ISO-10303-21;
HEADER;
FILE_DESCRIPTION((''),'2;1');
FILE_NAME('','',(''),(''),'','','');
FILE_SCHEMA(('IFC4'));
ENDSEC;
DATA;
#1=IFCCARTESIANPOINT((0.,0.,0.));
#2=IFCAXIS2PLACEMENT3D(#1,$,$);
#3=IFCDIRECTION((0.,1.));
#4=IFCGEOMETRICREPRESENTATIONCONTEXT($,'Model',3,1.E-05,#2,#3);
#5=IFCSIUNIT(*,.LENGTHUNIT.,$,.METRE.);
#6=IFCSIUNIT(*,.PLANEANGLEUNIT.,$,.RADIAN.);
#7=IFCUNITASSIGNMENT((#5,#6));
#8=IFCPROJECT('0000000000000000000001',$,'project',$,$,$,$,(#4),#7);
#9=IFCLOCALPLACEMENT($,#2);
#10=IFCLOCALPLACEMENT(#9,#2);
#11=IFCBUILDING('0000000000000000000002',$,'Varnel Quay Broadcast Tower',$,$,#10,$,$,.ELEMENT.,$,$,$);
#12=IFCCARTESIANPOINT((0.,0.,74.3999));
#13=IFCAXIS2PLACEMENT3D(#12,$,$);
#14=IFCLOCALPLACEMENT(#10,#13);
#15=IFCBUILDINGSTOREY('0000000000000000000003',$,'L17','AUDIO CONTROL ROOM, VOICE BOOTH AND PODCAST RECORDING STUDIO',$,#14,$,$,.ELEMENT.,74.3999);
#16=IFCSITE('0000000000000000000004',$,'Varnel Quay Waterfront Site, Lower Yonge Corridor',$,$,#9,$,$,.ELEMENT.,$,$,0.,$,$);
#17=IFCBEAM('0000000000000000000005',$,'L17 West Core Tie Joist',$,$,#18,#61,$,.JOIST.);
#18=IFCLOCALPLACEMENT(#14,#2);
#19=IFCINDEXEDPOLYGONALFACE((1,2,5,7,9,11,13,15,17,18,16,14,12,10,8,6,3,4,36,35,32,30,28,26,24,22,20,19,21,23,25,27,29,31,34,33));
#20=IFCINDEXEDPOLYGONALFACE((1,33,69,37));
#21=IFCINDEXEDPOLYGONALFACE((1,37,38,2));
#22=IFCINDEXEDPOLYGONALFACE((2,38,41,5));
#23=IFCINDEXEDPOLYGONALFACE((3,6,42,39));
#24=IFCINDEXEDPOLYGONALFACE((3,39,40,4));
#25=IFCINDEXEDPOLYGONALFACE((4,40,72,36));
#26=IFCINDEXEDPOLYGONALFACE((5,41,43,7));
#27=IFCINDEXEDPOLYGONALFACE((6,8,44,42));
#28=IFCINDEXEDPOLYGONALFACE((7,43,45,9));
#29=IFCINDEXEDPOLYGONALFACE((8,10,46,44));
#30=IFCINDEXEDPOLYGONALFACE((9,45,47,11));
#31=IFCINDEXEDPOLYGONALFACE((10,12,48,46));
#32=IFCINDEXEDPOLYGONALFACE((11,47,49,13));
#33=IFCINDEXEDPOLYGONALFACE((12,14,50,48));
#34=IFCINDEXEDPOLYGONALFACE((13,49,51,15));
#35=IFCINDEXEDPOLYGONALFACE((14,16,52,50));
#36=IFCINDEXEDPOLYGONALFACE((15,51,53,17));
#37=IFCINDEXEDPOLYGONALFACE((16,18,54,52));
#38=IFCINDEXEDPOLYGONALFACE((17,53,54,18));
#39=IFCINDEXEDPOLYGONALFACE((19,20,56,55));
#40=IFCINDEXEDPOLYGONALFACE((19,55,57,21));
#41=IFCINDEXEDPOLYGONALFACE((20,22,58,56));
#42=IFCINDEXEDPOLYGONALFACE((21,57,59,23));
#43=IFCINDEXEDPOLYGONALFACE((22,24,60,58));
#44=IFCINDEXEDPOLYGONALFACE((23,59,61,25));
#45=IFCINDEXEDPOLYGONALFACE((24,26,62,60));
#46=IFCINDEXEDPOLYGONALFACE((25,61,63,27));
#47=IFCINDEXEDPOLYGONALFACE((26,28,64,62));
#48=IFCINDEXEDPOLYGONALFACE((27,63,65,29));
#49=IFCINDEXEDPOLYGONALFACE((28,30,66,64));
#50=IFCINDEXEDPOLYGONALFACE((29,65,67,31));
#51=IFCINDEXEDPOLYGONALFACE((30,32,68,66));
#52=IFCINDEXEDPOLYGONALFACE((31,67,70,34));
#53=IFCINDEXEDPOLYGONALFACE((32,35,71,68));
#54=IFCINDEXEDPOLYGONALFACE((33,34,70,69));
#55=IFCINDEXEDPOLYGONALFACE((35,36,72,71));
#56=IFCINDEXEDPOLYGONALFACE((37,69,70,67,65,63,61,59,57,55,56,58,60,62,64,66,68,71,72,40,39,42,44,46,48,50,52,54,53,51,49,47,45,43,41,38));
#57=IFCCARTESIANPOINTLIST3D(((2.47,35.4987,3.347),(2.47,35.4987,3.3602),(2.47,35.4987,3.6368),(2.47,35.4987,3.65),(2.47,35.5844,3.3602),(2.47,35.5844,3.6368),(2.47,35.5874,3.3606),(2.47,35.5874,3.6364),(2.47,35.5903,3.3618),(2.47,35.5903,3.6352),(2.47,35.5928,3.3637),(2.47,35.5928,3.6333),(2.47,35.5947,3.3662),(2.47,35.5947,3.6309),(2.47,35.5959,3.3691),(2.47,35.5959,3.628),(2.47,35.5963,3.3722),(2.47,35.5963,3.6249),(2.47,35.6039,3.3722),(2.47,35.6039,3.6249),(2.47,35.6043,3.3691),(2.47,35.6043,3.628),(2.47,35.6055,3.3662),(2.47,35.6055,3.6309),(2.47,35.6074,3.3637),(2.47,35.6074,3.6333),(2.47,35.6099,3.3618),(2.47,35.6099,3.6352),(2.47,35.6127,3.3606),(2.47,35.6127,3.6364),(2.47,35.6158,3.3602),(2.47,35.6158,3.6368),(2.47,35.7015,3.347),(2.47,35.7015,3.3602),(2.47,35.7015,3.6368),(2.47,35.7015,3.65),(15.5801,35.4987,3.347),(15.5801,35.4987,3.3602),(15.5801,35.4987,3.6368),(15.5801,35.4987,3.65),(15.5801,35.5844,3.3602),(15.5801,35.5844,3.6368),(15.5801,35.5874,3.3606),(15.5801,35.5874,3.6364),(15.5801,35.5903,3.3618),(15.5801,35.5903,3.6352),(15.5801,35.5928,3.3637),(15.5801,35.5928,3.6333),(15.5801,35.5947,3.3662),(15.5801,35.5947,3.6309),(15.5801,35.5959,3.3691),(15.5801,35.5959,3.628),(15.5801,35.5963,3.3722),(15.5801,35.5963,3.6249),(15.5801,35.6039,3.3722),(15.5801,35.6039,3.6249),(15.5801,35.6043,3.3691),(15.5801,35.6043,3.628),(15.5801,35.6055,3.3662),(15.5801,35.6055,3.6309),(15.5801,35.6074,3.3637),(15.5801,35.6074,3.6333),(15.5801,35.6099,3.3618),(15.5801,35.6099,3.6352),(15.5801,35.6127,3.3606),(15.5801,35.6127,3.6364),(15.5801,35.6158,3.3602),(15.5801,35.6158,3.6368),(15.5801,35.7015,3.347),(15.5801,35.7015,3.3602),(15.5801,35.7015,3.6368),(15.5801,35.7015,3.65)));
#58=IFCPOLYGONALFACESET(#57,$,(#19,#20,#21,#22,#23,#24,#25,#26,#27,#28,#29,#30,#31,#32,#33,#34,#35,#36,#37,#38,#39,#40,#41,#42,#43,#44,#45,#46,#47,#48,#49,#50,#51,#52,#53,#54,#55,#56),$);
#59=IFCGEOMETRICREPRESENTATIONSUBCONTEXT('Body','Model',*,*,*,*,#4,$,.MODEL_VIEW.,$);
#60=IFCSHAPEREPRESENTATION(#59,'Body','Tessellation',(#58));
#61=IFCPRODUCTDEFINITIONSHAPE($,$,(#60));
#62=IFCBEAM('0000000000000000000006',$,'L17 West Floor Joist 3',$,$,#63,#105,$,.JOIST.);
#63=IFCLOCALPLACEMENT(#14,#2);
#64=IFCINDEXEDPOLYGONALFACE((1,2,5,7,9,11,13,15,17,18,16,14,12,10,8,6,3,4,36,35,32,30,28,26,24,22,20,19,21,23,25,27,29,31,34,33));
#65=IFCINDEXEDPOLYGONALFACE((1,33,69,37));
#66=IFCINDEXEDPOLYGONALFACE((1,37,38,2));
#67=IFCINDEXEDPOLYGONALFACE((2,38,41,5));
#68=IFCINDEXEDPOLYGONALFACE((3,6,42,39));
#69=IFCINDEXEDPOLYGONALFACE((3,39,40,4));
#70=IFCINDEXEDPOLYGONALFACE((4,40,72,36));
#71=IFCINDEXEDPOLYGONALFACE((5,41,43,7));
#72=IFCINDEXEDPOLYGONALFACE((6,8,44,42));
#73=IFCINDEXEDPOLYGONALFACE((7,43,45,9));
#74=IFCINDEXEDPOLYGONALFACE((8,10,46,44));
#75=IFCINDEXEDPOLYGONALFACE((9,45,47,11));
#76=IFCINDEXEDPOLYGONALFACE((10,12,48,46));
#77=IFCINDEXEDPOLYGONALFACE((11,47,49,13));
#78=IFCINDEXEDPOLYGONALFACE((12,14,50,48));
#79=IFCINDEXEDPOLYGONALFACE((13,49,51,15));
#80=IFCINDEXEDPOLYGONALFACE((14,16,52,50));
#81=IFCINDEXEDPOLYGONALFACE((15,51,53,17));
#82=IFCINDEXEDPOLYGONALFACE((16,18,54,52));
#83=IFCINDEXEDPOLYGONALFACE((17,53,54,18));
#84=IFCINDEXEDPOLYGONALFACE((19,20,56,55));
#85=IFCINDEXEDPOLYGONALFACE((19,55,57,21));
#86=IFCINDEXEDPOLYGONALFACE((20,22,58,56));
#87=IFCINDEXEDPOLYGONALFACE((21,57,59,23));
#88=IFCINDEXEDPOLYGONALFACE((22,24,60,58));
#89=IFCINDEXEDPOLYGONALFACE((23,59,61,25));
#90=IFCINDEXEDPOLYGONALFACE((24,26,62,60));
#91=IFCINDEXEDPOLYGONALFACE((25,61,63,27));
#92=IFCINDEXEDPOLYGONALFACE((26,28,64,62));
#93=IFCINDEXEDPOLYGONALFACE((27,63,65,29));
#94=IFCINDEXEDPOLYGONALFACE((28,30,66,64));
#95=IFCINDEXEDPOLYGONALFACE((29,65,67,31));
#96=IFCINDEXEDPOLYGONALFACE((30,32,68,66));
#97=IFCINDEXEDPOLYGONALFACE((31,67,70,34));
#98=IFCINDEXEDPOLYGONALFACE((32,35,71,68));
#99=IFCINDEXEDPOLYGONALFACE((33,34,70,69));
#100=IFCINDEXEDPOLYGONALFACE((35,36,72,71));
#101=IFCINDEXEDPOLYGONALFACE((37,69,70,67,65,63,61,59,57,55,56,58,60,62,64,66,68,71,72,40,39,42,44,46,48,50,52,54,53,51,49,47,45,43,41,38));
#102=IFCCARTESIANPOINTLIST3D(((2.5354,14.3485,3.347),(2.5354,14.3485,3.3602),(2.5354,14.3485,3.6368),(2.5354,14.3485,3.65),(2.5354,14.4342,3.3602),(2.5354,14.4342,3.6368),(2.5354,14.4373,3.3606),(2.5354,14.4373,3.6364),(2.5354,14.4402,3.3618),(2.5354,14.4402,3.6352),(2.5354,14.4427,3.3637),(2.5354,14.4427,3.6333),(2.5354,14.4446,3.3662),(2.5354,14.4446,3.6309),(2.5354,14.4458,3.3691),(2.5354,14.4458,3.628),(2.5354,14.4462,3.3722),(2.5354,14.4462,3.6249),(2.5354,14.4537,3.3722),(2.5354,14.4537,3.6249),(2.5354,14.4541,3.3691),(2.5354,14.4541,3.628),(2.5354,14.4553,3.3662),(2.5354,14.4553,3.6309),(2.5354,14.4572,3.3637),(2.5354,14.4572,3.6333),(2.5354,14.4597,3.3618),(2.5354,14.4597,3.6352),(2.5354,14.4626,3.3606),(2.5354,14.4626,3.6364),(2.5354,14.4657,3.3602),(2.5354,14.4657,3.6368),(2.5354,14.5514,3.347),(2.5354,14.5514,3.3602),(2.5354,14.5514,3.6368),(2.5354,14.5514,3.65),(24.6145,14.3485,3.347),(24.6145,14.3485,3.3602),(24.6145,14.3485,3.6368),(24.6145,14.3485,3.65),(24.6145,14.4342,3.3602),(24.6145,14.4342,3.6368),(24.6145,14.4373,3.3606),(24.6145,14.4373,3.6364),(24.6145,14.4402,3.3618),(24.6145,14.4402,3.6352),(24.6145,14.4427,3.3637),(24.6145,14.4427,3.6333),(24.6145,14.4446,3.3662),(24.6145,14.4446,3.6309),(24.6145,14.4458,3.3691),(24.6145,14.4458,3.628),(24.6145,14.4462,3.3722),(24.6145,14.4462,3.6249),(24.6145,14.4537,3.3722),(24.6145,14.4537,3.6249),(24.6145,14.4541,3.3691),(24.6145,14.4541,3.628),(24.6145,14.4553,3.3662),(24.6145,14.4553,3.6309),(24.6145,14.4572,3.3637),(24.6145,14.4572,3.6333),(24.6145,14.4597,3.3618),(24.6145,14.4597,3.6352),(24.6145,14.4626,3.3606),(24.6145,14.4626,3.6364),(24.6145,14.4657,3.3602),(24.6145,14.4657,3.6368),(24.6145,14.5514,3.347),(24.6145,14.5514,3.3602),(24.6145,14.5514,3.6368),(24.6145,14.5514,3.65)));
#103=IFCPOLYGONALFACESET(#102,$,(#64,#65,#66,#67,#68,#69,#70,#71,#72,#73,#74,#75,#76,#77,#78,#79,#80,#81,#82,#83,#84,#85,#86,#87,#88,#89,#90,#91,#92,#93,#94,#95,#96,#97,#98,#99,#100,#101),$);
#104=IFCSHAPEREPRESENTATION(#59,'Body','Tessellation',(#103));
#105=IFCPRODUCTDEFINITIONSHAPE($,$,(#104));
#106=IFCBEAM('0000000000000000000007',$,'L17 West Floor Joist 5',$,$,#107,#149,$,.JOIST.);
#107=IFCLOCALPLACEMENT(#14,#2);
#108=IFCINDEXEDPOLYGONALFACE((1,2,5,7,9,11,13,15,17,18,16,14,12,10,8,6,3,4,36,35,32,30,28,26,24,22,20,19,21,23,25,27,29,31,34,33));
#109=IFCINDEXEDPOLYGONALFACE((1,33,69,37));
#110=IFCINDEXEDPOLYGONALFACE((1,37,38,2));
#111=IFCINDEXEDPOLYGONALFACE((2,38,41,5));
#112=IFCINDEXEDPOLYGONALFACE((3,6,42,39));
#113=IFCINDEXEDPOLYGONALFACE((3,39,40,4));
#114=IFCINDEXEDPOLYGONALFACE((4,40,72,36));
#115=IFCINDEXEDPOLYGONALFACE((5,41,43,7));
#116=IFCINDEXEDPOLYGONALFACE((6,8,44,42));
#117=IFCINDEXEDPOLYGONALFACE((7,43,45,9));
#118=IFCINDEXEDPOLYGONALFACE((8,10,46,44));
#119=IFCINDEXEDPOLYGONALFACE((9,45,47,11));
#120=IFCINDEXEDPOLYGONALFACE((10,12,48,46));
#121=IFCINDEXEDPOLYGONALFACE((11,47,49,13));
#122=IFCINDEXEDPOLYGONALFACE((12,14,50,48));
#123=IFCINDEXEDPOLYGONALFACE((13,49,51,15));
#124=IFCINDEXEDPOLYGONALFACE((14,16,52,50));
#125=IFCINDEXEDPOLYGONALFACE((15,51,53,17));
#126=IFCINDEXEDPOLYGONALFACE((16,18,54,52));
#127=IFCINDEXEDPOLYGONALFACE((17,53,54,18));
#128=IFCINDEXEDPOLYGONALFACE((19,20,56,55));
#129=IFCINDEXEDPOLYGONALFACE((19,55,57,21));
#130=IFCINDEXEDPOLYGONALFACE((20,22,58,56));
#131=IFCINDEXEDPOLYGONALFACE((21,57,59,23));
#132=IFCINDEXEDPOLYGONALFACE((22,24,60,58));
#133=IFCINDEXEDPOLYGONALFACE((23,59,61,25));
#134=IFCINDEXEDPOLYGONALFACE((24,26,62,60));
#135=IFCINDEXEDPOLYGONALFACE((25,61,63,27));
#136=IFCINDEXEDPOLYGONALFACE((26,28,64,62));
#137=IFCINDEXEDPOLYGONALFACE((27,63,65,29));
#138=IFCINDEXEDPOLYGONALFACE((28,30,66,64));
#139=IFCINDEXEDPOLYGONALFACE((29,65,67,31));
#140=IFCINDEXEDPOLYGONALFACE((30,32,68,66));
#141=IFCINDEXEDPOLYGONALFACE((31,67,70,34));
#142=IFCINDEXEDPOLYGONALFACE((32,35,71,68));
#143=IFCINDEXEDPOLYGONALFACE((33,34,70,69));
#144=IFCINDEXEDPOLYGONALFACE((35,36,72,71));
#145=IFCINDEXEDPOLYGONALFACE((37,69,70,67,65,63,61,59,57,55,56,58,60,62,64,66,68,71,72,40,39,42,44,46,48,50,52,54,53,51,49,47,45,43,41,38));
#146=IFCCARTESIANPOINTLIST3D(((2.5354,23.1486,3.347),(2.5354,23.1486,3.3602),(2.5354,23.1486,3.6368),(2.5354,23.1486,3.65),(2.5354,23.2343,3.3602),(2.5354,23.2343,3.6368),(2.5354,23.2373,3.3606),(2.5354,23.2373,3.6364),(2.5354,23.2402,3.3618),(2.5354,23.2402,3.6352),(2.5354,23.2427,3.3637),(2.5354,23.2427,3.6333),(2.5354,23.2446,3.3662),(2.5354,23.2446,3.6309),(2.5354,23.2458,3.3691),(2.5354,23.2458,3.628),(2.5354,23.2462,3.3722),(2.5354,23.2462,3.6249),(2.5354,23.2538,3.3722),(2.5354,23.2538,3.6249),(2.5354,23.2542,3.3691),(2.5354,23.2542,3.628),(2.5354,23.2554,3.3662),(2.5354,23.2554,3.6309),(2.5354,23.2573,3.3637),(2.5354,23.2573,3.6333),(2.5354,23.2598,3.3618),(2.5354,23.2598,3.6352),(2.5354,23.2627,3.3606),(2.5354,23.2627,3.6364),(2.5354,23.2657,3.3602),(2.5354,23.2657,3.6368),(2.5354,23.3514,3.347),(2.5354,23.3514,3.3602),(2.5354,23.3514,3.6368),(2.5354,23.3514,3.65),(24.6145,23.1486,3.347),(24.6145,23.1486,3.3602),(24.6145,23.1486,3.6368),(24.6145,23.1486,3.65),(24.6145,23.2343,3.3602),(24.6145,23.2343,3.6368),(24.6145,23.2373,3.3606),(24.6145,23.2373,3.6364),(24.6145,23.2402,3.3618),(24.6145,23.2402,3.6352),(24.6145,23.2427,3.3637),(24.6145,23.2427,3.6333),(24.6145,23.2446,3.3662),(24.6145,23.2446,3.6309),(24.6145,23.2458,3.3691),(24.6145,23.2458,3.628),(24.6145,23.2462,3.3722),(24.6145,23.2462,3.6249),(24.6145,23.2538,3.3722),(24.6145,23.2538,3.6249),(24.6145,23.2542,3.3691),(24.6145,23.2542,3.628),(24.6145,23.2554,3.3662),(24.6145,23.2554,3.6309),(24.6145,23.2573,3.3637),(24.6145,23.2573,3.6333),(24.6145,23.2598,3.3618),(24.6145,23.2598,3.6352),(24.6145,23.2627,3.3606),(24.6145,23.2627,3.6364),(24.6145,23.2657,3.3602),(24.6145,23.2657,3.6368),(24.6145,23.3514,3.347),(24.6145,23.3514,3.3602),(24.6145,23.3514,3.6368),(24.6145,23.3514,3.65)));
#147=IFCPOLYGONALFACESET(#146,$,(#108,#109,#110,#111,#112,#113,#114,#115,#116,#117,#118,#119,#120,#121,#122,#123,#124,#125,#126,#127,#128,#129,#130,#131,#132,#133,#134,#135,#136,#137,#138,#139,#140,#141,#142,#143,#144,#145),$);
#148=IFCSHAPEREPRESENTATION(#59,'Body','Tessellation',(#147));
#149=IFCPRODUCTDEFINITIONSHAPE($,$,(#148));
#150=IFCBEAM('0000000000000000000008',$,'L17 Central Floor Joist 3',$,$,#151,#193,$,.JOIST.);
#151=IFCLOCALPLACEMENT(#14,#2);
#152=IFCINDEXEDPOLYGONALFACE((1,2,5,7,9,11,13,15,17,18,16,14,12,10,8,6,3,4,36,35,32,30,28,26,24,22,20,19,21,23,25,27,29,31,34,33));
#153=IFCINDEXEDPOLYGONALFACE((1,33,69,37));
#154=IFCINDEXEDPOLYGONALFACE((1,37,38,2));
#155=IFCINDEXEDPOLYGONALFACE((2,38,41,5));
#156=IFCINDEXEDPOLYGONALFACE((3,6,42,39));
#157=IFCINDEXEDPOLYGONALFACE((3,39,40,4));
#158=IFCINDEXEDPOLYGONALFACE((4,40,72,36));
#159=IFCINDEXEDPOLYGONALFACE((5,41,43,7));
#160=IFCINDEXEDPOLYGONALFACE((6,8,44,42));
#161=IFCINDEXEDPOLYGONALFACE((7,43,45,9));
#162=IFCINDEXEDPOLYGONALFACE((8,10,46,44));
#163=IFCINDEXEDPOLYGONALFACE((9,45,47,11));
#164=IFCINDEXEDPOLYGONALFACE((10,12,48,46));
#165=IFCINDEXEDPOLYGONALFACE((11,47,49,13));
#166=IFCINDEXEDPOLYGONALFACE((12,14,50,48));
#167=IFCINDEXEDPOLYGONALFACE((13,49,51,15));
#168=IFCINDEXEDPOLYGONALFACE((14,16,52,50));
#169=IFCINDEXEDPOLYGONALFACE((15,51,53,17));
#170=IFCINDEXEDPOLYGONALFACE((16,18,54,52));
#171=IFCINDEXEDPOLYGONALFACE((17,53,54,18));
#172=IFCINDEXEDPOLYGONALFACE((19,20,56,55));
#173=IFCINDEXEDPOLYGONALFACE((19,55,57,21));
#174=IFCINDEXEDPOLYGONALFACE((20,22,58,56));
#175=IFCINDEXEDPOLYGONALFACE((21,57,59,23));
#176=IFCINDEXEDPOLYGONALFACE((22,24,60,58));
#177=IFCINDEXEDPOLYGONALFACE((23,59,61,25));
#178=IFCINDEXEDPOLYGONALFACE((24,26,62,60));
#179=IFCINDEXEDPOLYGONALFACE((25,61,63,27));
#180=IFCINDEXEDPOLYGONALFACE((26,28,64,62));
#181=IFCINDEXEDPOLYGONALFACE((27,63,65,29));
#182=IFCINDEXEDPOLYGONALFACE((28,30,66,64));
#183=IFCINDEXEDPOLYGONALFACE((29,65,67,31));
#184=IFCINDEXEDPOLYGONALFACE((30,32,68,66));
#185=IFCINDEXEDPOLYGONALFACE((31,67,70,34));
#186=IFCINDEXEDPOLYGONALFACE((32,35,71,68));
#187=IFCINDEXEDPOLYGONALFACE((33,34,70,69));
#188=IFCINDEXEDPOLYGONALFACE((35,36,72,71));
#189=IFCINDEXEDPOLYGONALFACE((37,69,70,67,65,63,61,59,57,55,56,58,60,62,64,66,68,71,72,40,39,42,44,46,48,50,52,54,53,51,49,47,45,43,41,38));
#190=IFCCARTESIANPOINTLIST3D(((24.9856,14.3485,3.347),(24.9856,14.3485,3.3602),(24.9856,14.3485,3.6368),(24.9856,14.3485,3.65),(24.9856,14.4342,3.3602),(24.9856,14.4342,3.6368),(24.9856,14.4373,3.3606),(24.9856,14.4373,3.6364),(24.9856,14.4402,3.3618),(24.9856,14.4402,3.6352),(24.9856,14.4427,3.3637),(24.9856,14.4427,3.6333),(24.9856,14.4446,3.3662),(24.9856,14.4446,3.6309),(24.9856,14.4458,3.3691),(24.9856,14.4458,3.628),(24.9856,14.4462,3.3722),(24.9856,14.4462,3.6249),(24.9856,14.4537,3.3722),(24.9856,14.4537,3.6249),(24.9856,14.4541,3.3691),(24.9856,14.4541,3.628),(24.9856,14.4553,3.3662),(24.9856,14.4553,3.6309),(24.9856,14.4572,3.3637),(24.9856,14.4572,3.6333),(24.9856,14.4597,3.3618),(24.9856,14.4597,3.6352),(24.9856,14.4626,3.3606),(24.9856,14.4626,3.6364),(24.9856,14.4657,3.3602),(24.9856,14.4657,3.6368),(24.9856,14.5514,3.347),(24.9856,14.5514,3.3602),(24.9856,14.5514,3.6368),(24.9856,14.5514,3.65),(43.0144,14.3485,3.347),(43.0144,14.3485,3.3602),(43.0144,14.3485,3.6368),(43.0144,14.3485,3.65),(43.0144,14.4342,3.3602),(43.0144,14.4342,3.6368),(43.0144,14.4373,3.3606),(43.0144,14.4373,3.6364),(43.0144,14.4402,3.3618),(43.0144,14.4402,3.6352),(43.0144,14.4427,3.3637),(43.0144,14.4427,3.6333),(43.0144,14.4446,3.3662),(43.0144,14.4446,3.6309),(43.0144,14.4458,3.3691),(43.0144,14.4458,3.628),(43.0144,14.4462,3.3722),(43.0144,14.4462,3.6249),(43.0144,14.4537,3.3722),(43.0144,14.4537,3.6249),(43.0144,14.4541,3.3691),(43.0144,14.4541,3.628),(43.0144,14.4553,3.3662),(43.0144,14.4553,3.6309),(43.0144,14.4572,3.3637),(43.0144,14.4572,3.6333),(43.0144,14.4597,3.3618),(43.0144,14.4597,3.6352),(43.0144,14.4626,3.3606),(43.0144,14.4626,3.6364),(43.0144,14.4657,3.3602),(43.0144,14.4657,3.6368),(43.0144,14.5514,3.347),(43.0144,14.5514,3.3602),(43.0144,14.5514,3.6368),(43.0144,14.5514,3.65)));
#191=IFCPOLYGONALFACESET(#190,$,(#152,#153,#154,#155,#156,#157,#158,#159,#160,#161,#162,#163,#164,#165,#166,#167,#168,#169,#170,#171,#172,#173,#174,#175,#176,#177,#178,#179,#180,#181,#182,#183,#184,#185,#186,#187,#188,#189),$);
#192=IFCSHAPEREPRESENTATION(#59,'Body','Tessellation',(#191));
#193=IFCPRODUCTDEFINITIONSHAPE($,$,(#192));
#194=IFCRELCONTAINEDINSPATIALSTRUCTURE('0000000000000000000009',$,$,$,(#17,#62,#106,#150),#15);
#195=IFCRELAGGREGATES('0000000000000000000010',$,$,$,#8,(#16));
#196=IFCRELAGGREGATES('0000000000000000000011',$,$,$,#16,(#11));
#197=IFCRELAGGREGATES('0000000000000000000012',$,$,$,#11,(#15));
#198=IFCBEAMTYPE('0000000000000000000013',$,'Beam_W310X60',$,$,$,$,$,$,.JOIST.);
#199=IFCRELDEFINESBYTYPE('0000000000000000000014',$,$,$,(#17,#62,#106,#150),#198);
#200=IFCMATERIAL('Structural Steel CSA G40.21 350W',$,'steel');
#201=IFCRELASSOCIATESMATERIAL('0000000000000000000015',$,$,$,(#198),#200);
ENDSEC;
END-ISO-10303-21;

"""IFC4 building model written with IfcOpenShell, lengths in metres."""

from ifc_helpers import new_model, si_unit, direction, frame, origin, origin_2d, place, context, subcontext, project, spatial, i_section, extrude, source, transform, mapped, material, material_profile, profile_set, type_object, type_shapes, element, save


model = new_model("IFC4")

# Units and contexts
model_context = context("Model", 3, precision=1e-05, world=origin(), true_north=direction((0.0, 1.0)))
body_context = subcontext(model_context, "Body", "Model", "MODEL_VIEW")
ifc_project = project(units=[si_unit("LENGTHUNIT", "METRE"), si_unit("PLANEANGLEUNIT", "RADIAN")], contexts=[model_context])

# Site, building, storey
site_placement = place(None, origin())
site = spatial("IfcSite", under=ifc_project, at=site_placement, Name="Varnel Quay Waterfront Site, Lower Yonge Corridor", CompositionType="ELEMENT", RefElevation=0.0)
building_placement = place(site_placement, origin())
building = spatial("IfcBuilding", under=site, at=building_placement, Name="Varnel Quay Broadcast Tower", CompositionType="ELEMENT")
storey_placement = place(building_placement, frame((0.0, 0.0, 74.3999)))
storey = spatial("IfcBuildingStorey", under=building, at=storey_placement, Name="L17", Description="AUDIO CONTROL ROOM, VOICE BOOTH AND PODCAST RECORDING STUDIO", CompositionType="ELEMENT", Elevation=74.3999)

# Shared definitions
ifc_material_1 = material(Name="Structural Steel CSA G40.21 350W", Category="steel")

# Beams
ifc_material_profile_1 = material_profile(ifc_material_1, i_section(OverallWidth=0.2029, OverallDepth=0.303, WebThickness=0.0076, FlangeThickness=0.0132, FilletRadius=0.012, at=origin_2d()), Name="W310X60")
ifc_profile_set_1 = profile_set([ifc_material_profile_1], Name="Structural Steel CSA G40.21 350W")
beam_type_1 = type_object("IfcBeamType", Name="Beam_W310X60", PredefinedType="JOIST", material=ifc_profile_set_1)
shared_shape_1 = source(origin(), body_context, "Body", "SweptSolid", [
    extrude(i_section(OverallWidth=0.2029, OverallDepth=0.303, WebThickness=0.0076, FlangeThickness=0.0132, FilletRadius=0.012, at=origin_2d()), origin(), (0.0, 0.0, 1.0), 13.1101),
])
beam_1_placement = place(storey_placement, frame((2.47, 35.6001, 3.4985), z_axis=(1.0, 0.0, 0.0), x_axis=(0.0, 1.0, 0.0)))
element("IfcBeam", 1, at=beam_1_placement, inside=storey, type_object=beam_type_1, Name="L17 West Core Tie Joist", PredefinedType="JOIST", context=body_context, shape_type="MappedRepresentation", body=[
    mapped(shared_shape_1, transform((0.0, 0.0, 0.0), x_axis=(1.0, 0.0, 0.0), y_axis=(0.0, 1.0, 0.0), z_axis=(0.0, 0.0, 1.0), scale=1.0)),
])
shared_shape_2 = source(origin(), body_context, "Body", "SweptSolid", [
    extrude(i_section(OverallWidth=0.2029, OverallDepth=0.303, WebThickness=0.0076, FlangeThickness=0.0132, FilletRadius=0.012, at=origin_2d()), origin(), (0.0, 0.0, 1.0), 22.0791),
])
for number, where, z_axis, x_axis, name in (
    (2, (2.5354, 14.45, 3.4985), (1.0, 0.0, 0.0), (0.0, 1.0, 0.0), "L17 West Floor Joist 3"),
    (3, (2.5354, 23.25, 3.4985), (1.0, 0.0, 0.0), (0.0, 1.0, 0.0), "L17 West Floor Joist 5"),
):
    element("IfcBeam", number, at=place(storey_placement, frame(where, z_axis=z_axis, x_axis=x_axis)), inside=storey, type_object=beam_type_1, Name=name, PredefinedType="JOIST", context=body_context, shape_type="MappedRepresentation", body=[
        mapped(shared_shape_2, transform((0.0, 0.0, 0.0), x_axis=(1.0, 0.0, 0.0), y_axis=(0.0, 1.0, 0.0), z_axis=(0.0, 0.0, 1.0), scale=1.0)),
    ])
shared_shape_3 = source(origin(), body_context, "Body", "SweptSolid", [
    extrude(i_section(OverallWidth=0.2029, OverallDepth=0.303, WebThickness=0.0076, FlangeThickness=0.0132, FilletRadius=0.012, at=origin_2d()), origin(), (0.0, 0.0, 1.0), 18.0288),
])
type_shapes(beam_type_1, [shared_shape_1, shared_shape_2, shared_shape_3])
beam_2_placement = place(storey_placement, frame((24.9856, 14.45, 3.4985), z_axis=(1.0, 0.0, 0.0), x_axis=(0.0, 1.0, 0.0)))
element("IfcBeam", 4, at=beam_2_placement, inside=storey, type_object=beam_type_1, Name="L17 Central Floor Joist 3", PredefinedType="JOIST", context=body_context, shape_type="MappedRepresentation", body=[
    mapped(shared_shape_3, transform((0.0, 0.0, 0.0), x_axis=(1.0, 0.0, 0.0), y_axis=(0.0, 1.0, 0.0), z_axis=(0.0, 0.0, 1.0), scale=1.0)),
])

save(model, "model.ifc")
